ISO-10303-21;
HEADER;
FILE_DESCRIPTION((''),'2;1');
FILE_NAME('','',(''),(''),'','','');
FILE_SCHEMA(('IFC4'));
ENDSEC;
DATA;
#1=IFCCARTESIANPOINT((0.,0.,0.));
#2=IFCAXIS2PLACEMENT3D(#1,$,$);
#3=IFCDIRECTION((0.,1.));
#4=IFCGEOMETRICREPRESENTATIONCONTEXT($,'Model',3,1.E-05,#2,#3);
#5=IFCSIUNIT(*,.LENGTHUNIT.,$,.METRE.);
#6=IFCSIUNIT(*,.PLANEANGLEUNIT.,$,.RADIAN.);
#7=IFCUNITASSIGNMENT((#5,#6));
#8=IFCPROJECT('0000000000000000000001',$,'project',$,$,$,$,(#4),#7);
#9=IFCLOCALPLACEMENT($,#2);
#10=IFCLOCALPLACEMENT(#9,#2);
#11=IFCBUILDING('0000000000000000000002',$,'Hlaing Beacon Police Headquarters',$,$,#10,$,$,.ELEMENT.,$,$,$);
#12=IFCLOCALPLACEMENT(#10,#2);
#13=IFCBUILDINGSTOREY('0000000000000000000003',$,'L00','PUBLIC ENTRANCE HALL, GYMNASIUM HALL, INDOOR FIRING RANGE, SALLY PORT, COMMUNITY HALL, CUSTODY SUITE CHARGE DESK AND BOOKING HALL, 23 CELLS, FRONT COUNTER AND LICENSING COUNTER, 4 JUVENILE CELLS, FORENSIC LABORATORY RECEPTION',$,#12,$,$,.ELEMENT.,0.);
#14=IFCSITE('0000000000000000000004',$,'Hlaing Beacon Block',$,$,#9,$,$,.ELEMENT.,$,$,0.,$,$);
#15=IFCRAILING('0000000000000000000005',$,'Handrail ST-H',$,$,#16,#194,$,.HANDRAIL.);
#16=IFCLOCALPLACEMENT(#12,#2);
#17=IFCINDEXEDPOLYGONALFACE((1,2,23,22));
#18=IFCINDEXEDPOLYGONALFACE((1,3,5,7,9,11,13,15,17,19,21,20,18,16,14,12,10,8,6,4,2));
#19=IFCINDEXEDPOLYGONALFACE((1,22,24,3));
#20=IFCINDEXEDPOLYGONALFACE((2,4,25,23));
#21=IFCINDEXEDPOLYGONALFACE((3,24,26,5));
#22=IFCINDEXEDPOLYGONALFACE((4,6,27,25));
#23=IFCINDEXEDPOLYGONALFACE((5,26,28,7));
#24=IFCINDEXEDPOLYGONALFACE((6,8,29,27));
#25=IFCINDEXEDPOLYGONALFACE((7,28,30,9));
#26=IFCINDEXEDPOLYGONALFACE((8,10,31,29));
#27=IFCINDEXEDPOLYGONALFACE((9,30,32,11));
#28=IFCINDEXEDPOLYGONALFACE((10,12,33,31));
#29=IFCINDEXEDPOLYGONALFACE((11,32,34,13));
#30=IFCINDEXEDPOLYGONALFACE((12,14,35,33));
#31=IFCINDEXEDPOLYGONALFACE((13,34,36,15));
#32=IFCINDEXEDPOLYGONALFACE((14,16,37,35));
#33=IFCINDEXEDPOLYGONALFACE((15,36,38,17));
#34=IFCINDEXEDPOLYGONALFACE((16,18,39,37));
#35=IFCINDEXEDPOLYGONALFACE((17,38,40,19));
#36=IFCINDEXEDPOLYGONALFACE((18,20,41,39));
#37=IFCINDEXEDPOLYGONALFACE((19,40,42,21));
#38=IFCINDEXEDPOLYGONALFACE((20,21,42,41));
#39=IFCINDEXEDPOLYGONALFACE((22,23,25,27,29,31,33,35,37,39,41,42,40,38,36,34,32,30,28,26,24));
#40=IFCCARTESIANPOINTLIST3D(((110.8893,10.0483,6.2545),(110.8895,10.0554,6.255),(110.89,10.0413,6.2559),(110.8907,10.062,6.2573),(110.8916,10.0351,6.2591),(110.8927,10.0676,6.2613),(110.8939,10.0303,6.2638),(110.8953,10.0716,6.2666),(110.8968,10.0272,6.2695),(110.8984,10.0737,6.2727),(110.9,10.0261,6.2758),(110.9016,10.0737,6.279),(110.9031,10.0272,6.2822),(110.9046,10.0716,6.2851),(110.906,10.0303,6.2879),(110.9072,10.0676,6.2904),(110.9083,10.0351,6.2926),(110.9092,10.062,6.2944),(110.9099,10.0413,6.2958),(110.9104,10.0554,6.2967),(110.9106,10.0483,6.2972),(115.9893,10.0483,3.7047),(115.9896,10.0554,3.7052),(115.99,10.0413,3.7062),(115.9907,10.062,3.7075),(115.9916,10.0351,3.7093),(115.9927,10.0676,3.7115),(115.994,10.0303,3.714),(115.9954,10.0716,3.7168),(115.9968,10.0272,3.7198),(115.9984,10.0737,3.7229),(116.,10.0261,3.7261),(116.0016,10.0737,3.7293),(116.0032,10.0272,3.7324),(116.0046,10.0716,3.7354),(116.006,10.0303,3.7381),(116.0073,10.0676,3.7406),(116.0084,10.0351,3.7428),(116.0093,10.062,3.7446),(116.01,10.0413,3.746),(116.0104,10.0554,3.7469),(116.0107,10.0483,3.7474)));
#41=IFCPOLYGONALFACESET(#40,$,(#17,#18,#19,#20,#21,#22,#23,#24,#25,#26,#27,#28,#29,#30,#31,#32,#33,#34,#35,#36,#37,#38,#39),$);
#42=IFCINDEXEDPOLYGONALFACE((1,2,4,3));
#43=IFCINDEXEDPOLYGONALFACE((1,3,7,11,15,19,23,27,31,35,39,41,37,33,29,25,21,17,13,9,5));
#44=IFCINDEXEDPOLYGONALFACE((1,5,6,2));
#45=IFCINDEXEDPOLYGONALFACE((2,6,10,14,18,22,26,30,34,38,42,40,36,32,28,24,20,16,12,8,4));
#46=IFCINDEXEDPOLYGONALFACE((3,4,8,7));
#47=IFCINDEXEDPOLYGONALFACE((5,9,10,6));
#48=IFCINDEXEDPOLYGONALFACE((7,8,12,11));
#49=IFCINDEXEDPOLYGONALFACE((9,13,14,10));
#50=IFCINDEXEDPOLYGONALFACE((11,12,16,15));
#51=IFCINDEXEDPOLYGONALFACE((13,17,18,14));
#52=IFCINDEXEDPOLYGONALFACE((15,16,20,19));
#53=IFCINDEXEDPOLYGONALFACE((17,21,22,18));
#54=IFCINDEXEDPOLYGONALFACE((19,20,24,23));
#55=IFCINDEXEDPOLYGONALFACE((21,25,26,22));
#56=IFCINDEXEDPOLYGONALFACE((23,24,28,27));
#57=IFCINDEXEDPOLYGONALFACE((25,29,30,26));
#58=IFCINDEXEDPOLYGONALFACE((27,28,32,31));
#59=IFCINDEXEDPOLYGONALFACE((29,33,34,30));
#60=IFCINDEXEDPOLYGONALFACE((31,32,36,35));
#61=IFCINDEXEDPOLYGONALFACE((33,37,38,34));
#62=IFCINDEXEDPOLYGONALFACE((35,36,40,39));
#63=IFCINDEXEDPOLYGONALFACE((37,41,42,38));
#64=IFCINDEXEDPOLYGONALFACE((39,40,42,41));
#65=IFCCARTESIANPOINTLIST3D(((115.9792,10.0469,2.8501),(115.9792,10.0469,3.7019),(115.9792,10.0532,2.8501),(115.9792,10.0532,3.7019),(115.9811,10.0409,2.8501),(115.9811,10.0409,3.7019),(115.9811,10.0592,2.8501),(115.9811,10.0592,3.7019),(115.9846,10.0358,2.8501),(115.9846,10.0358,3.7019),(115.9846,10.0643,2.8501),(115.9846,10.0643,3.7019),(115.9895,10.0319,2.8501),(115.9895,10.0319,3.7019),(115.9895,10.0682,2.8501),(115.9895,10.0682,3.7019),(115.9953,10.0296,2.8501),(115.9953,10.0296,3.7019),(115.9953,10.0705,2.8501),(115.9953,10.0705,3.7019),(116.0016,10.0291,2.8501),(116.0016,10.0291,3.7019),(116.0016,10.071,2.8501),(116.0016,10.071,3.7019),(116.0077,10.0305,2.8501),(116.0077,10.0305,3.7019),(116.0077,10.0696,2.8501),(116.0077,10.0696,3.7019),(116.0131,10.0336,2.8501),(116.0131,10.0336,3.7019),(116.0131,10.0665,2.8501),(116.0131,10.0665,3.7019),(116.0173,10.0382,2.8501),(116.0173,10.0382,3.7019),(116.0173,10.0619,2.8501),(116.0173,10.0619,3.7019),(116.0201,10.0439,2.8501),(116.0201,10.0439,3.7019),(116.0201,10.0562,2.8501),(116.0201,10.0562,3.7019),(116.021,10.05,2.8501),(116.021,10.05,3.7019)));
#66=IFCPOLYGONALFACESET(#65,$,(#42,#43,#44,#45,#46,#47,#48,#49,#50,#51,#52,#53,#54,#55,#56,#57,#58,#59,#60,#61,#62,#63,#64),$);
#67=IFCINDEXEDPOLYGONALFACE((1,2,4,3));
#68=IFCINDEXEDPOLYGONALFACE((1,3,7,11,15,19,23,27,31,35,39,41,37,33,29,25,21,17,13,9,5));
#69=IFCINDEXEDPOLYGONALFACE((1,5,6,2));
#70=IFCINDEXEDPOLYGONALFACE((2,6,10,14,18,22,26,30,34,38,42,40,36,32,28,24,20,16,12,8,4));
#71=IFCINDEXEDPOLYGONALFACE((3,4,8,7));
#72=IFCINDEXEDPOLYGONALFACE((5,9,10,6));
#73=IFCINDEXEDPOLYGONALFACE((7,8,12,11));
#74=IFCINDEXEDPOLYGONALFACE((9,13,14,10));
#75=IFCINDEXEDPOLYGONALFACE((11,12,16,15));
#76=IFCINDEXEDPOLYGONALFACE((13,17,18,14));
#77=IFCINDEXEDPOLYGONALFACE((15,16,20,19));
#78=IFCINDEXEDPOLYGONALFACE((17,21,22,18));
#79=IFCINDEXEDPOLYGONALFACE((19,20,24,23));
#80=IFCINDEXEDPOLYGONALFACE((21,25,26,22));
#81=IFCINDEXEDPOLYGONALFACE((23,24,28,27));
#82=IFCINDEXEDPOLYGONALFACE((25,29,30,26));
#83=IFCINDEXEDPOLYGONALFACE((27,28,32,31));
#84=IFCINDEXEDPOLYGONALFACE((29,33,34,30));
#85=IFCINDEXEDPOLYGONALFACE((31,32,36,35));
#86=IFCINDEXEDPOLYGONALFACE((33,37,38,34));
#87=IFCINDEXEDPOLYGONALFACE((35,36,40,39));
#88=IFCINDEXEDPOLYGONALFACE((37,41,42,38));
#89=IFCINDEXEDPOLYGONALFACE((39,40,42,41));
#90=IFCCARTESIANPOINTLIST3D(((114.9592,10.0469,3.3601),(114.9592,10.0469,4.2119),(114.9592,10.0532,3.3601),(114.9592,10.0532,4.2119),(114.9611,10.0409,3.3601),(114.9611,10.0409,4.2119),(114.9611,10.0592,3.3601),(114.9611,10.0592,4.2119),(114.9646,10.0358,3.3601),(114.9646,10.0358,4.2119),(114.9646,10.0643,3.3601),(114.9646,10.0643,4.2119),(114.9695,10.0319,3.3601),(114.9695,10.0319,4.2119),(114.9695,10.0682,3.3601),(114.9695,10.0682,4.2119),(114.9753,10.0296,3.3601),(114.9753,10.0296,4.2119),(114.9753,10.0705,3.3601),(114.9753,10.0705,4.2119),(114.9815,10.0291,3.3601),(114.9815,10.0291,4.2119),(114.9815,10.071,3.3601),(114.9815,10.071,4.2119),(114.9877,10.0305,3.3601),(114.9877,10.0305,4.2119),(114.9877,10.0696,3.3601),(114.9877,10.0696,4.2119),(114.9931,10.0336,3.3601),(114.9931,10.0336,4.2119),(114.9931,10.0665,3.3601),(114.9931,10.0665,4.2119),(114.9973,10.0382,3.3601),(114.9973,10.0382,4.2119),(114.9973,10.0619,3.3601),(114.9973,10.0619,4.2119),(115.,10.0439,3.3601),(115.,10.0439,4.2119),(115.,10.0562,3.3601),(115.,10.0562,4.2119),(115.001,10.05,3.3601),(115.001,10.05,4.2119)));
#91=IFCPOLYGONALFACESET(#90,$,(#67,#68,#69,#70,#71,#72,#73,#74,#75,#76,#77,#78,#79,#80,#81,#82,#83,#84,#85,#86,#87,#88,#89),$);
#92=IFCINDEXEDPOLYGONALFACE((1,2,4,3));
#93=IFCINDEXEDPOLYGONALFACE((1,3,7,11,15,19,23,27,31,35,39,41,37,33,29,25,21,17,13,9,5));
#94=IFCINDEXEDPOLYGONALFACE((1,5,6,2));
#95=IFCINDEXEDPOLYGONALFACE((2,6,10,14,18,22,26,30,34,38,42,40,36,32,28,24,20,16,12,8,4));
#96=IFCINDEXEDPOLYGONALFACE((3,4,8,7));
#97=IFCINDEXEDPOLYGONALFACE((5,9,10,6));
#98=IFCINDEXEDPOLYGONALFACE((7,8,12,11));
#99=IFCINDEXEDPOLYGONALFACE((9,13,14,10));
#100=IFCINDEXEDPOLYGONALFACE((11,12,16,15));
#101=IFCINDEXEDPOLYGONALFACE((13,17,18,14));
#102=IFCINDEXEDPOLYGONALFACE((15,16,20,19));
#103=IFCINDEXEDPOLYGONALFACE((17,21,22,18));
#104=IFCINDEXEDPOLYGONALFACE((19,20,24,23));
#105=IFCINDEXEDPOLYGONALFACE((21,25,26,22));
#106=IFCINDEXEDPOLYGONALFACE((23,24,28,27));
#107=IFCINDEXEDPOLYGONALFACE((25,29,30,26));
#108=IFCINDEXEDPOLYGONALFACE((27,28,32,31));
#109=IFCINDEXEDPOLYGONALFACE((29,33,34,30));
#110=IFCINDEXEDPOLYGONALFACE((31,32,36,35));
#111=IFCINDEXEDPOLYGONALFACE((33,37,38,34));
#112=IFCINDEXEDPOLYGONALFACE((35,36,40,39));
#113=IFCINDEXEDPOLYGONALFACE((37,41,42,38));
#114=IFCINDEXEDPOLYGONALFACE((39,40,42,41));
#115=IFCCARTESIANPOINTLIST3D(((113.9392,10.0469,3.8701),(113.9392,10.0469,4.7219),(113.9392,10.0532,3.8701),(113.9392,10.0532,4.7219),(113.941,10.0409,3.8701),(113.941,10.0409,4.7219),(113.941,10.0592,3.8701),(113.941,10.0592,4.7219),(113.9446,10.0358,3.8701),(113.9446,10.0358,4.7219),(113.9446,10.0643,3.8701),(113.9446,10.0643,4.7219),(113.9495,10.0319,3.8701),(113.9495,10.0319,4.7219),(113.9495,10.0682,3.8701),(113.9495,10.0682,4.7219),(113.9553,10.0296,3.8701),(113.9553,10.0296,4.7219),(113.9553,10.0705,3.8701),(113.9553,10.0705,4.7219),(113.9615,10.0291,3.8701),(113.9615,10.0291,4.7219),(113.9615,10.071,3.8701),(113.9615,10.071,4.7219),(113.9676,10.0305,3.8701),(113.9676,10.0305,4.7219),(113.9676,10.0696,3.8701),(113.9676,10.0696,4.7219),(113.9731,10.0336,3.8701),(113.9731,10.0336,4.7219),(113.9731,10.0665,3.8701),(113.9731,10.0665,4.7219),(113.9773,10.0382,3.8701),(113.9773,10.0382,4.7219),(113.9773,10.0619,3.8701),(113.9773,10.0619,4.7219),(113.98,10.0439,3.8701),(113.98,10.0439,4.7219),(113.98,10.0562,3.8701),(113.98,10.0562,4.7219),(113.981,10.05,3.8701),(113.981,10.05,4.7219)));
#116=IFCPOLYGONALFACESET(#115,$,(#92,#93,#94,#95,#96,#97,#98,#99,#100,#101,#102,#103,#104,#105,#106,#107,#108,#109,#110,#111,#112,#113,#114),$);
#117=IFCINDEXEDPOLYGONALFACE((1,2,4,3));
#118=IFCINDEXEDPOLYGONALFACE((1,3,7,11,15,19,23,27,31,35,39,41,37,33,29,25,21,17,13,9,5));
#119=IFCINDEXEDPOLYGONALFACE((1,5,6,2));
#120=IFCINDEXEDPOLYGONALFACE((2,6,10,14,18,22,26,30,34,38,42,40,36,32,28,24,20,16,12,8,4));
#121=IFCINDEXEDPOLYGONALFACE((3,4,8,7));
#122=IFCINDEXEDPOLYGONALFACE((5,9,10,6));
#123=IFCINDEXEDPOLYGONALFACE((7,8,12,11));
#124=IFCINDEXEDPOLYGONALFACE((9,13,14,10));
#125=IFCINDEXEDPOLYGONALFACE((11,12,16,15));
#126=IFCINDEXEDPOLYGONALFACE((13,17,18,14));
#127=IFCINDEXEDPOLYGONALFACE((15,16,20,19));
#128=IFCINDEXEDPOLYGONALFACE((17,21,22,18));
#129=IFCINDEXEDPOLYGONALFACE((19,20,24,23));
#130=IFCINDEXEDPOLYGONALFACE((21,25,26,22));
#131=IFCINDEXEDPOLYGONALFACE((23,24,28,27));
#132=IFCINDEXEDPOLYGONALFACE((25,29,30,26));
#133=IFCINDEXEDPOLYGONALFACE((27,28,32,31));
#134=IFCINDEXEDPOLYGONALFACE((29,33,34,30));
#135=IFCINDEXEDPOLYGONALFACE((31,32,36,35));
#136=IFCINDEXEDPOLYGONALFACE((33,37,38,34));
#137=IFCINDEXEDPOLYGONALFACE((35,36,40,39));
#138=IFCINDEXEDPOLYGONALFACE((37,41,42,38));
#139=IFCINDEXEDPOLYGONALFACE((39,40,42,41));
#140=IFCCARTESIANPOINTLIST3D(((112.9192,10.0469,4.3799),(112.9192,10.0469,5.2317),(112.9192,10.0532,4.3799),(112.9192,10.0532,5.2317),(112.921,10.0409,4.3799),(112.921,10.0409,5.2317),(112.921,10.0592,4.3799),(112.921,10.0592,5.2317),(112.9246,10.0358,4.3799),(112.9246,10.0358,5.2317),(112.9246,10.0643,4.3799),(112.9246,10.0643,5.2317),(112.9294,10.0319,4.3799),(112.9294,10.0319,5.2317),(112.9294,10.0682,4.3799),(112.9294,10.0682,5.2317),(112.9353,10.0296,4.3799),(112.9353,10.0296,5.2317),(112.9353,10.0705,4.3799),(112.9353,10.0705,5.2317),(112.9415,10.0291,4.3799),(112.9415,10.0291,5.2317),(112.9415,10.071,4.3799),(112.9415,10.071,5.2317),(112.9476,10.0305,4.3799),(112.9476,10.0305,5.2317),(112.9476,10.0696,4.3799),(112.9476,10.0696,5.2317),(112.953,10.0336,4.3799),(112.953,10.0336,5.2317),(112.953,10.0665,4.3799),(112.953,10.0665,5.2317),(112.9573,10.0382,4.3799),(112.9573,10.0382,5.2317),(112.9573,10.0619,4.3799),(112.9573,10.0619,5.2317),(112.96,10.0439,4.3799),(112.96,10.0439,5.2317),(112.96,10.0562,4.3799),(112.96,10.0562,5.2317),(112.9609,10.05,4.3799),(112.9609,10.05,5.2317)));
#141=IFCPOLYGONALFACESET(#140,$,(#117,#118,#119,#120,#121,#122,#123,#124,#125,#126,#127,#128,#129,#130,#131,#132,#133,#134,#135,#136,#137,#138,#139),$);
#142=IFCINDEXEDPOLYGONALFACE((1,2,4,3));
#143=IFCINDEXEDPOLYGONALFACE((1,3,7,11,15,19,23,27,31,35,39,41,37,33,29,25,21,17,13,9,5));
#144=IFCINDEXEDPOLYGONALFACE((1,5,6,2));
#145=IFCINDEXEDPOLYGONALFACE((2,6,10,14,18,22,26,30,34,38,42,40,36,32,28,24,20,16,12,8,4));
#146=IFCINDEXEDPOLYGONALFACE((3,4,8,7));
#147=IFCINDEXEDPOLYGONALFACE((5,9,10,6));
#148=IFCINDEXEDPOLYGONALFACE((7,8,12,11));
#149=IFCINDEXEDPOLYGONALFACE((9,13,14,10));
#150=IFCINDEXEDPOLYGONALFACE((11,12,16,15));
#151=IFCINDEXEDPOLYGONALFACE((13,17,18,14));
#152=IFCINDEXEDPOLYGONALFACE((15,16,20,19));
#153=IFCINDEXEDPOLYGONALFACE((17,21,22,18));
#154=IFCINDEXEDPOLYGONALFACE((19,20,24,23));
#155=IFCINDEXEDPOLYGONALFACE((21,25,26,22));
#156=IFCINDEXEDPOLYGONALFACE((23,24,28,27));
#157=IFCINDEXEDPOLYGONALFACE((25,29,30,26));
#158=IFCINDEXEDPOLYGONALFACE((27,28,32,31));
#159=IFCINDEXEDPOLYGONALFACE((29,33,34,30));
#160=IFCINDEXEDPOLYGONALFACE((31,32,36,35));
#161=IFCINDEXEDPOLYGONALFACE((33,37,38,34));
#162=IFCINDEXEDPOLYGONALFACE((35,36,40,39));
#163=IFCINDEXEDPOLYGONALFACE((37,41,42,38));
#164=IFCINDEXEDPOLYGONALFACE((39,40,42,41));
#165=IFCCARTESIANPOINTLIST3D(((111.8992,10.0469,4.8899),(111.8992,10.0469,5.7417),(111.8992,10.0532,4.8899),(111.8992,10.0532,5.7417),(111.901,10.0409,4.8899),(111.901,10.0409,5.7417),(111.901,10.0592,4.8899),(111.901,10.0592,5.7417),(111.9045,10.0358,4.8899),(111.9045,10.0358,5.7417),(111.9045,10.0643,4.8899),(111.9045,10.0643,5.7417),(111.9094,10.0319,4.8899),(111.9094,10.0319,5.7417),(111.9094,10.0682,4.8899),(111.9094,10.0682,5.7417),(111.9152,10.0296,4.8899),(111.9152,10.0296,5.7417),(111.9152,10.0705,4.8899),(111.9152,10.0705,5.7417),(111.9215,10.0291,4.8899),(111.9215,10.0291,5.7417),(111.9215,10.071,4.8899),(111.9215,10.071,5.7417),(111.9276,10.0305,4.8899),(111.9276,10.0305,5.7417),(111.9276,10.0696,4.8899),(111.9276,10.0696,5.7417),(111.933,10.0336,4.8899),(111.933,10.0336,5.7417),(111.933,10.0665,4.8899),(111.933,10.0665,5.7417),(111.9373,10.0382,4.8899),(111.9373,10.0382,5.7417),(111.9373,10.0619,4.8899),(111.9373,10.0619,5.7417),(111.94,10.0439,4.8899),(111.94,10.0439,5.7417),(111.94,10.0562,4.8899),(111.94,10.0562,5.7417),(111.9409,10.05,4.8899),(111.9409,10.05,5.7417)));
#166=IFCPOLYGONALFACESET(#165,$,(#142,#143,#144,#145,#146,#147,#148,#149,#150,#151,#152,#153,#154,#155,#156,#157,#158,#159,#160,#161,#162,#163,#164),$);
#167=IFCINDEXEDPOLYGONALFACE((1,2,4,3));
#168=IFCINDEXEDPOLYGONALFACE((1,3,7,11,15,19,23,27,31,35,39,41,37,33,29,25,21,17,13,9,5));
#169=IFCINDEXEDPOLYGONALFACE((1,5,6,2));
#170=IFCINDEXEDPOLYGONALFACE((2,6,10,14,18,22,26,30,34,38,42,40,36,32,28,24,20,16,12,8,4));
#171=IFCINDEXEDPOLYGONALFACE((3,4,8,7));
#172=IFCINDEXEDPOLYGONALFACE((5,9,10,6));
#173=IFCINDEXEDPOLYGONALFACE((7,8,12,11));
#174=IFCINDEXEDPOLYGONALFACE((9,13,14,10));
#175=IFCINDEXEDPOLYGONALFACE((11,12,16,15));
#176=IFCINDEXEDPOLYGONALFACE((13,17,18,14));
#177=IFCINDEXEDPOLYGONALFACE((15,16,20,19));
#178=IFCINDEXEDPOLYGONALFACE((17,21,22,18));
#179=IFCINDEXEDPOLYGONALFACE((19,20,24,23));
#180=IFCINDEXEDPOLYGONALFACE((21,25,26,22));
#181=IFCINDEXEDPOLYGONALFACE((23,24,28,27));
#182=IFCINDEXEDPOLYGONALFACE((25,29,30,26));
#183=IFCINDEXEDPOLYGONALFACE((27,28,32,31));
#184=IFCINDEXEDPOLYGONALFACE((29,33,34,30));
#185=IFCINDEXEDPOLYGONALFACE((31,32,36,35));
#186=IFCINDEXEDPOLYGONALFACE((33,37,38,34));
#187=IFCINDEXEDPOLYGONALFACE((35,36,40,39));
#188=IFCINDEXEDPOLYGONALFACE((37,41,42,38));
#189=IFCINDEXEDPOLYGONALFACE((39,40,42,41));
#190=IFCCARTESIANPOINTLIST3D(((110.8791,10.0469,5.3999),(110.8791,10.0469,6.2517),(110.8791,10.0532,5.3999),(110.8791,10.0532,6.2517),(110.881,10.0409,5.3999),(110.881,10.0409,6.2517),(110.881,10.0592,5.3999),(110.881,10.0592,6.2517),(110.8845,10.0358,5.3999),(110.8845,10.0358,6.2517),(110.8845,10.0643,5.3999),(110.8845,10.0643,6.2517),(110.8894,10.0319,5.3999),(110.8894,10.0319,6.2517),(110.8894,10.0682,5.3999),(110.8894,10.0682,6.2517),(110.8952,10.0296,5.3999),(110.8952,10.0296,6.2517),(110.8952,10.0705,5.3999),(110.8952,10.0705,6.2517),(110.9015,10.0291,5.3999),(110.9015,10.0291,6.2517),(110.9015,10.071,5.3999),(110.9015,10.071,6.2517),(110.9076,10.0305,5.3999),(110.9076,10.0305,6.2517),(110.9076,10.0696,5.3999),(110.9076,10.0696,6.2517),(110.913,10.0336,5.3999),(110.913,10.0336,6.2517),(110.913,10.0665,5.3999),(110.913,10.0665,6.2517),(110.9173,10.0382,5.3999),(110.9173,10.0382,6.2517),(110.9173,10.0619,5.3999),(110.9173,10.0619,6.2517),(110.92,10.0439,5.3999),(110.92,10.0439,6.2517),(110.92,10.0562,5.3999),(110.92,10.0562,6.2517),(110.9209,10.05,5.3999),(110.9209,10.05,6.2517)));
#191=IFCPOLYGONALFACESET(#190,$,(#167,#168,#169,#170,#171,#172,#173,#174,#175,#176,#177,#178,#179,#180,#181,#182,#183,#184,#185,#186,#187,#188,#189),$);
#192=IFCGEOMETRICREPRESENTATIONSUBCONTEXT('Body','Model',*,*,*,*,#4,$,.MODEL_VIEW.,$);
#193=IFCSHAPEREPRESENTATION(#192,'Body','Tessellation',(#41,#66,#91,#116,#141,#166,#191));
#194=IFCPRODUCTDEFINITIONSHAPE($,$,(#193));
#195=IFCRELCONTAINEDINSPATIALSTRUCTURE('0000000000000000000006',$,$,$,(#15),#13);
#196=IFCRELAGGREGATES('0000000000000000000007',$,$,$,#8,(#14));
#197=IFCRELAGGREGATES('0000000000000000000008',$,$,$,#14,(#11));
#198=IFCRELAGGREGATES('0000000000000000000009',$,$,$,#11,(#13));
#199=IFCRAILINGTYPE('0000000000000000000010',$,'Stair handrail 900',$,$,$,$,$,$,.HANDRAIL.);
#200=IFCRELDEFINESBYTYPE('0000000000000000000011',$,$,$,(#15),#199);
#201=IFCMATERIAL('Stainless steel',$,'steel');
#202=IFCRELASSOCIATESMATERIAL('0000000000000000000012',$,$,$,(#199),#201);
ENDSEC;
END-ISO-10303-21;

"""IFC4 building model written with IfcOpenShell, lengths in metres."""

from ifc_helpers import new_model, si_unit, direction, frame, origin, origin_2d, place, context, subcontext, project, spatial, circle, extrude, material, type_object, element, save


model = new_model("IFC4")

# Units and contexts
model_context = context("Model", 3, precision=1e-05, world=origin(), true_north=direction((0.0, 1.0)))
body_context = subcontext(model_context, "Body", "Model", "MODEL_VIEW")
ifc_project = project(units=[si_unit("LENGTHUNIT", "METRE"), si_unit("PLANEANGLEUNIT", "RADIAN")], contexts=[model_context])

# Site, building, storey
site_placement = place(None, origin())
site = spatial("IfcSite", under=ifc_project, at=site_placement, Name="Hlaing Beacon Block", CompositionType="ELEMENT", RefElevation=0.0)
building_placement = place(site_placement, origin())
building = spatial("IfcBuilding", under=site, at=building_placement, Name="Hlaing Beacon Police Headquarters", CompositionType="ELEMENT")
storey_placement = place(building_placement, origin())
storey = spatial("IfcBuildingStorey", under=building, at=storey_placement, Name="L00", Description="PUBLIC ENTRANCE HALL, GYMNASIUM HALL, INDOOR FIRING RANGE, SALLY PORT, COMMUNITY HALL, CUSTODY SUITE CHARGE DESK AND BOOKING HALL, 23 CELLS, FRONT COUNTER AND LICENSING COUNTER, 4 JUVENILE CELLS, FORENSIC LABORATORY RECEPTION", CompositionType="ELEMENT", Elevation=0.0)

# Railing
ifc_material_1 = material(Name="Stainless steel", Category="steel")
railing_type = type_object("IfcRailingType", Name="Stair handrail 900", PredefinedType="HANDRAIL", material=ifc_material_1)
for number, where, name in (
    (1, (116.0, 10.05, 2.8501), "Handrail ST-H"),
):
    element("IfcRailing", number, at=place(storey_placement, frame(where)), inside=storey, type_object=railing_type, Name=name, PredefinedType="HANDRAIL", context=body_context, shape_type="SweptSolid", body=[
        extrude(circle(Radius=0.0239, at=origin_2d()), frame((0.0, 0.0, 0.876), z_axis=(-0.894444, 0.0, 0.447179), x_axis=(0.0, -1.0, 0.0)), (0.0, 0.0, 1.0), 5.7019),
        extrude(circle(Radius=0.021, at=origin_2d()), origin(), (0.0, 0.0, 1.0), 0.8518),
        extrude(circle(Radius=0.021, at=origin_2d()), frame((-1.02, 0.0, 0.51)), (0.0, 0.0, 1.0), 0.8518),
        extrude(circle(Radius=0.021, at=origin_2d()), frame((-2.04, 0.0, 1.02)), (0.0, 0.0, 1.0), 0.8518),
        extrude(circle(Radius=0.021, at=origin_2d()), frame((-3.0601, 0.0, 1.5298)), (0.0, 0.0, 1.0), 0.8518),
        extrude(circle(Radius=0.021, at=origin_2d()), frame((-4.0801, 0.0, 2.0398)), (0.0, 0.0, 1.0), 0.8518),
        extrude(circle(Radius=0.021, at=origin_2d()), frame((-5.1001, 0.0, 2.5498)), (0.0, 0.0, 1.0), 0.8518),
    ])

save(model, "model.ifc")
